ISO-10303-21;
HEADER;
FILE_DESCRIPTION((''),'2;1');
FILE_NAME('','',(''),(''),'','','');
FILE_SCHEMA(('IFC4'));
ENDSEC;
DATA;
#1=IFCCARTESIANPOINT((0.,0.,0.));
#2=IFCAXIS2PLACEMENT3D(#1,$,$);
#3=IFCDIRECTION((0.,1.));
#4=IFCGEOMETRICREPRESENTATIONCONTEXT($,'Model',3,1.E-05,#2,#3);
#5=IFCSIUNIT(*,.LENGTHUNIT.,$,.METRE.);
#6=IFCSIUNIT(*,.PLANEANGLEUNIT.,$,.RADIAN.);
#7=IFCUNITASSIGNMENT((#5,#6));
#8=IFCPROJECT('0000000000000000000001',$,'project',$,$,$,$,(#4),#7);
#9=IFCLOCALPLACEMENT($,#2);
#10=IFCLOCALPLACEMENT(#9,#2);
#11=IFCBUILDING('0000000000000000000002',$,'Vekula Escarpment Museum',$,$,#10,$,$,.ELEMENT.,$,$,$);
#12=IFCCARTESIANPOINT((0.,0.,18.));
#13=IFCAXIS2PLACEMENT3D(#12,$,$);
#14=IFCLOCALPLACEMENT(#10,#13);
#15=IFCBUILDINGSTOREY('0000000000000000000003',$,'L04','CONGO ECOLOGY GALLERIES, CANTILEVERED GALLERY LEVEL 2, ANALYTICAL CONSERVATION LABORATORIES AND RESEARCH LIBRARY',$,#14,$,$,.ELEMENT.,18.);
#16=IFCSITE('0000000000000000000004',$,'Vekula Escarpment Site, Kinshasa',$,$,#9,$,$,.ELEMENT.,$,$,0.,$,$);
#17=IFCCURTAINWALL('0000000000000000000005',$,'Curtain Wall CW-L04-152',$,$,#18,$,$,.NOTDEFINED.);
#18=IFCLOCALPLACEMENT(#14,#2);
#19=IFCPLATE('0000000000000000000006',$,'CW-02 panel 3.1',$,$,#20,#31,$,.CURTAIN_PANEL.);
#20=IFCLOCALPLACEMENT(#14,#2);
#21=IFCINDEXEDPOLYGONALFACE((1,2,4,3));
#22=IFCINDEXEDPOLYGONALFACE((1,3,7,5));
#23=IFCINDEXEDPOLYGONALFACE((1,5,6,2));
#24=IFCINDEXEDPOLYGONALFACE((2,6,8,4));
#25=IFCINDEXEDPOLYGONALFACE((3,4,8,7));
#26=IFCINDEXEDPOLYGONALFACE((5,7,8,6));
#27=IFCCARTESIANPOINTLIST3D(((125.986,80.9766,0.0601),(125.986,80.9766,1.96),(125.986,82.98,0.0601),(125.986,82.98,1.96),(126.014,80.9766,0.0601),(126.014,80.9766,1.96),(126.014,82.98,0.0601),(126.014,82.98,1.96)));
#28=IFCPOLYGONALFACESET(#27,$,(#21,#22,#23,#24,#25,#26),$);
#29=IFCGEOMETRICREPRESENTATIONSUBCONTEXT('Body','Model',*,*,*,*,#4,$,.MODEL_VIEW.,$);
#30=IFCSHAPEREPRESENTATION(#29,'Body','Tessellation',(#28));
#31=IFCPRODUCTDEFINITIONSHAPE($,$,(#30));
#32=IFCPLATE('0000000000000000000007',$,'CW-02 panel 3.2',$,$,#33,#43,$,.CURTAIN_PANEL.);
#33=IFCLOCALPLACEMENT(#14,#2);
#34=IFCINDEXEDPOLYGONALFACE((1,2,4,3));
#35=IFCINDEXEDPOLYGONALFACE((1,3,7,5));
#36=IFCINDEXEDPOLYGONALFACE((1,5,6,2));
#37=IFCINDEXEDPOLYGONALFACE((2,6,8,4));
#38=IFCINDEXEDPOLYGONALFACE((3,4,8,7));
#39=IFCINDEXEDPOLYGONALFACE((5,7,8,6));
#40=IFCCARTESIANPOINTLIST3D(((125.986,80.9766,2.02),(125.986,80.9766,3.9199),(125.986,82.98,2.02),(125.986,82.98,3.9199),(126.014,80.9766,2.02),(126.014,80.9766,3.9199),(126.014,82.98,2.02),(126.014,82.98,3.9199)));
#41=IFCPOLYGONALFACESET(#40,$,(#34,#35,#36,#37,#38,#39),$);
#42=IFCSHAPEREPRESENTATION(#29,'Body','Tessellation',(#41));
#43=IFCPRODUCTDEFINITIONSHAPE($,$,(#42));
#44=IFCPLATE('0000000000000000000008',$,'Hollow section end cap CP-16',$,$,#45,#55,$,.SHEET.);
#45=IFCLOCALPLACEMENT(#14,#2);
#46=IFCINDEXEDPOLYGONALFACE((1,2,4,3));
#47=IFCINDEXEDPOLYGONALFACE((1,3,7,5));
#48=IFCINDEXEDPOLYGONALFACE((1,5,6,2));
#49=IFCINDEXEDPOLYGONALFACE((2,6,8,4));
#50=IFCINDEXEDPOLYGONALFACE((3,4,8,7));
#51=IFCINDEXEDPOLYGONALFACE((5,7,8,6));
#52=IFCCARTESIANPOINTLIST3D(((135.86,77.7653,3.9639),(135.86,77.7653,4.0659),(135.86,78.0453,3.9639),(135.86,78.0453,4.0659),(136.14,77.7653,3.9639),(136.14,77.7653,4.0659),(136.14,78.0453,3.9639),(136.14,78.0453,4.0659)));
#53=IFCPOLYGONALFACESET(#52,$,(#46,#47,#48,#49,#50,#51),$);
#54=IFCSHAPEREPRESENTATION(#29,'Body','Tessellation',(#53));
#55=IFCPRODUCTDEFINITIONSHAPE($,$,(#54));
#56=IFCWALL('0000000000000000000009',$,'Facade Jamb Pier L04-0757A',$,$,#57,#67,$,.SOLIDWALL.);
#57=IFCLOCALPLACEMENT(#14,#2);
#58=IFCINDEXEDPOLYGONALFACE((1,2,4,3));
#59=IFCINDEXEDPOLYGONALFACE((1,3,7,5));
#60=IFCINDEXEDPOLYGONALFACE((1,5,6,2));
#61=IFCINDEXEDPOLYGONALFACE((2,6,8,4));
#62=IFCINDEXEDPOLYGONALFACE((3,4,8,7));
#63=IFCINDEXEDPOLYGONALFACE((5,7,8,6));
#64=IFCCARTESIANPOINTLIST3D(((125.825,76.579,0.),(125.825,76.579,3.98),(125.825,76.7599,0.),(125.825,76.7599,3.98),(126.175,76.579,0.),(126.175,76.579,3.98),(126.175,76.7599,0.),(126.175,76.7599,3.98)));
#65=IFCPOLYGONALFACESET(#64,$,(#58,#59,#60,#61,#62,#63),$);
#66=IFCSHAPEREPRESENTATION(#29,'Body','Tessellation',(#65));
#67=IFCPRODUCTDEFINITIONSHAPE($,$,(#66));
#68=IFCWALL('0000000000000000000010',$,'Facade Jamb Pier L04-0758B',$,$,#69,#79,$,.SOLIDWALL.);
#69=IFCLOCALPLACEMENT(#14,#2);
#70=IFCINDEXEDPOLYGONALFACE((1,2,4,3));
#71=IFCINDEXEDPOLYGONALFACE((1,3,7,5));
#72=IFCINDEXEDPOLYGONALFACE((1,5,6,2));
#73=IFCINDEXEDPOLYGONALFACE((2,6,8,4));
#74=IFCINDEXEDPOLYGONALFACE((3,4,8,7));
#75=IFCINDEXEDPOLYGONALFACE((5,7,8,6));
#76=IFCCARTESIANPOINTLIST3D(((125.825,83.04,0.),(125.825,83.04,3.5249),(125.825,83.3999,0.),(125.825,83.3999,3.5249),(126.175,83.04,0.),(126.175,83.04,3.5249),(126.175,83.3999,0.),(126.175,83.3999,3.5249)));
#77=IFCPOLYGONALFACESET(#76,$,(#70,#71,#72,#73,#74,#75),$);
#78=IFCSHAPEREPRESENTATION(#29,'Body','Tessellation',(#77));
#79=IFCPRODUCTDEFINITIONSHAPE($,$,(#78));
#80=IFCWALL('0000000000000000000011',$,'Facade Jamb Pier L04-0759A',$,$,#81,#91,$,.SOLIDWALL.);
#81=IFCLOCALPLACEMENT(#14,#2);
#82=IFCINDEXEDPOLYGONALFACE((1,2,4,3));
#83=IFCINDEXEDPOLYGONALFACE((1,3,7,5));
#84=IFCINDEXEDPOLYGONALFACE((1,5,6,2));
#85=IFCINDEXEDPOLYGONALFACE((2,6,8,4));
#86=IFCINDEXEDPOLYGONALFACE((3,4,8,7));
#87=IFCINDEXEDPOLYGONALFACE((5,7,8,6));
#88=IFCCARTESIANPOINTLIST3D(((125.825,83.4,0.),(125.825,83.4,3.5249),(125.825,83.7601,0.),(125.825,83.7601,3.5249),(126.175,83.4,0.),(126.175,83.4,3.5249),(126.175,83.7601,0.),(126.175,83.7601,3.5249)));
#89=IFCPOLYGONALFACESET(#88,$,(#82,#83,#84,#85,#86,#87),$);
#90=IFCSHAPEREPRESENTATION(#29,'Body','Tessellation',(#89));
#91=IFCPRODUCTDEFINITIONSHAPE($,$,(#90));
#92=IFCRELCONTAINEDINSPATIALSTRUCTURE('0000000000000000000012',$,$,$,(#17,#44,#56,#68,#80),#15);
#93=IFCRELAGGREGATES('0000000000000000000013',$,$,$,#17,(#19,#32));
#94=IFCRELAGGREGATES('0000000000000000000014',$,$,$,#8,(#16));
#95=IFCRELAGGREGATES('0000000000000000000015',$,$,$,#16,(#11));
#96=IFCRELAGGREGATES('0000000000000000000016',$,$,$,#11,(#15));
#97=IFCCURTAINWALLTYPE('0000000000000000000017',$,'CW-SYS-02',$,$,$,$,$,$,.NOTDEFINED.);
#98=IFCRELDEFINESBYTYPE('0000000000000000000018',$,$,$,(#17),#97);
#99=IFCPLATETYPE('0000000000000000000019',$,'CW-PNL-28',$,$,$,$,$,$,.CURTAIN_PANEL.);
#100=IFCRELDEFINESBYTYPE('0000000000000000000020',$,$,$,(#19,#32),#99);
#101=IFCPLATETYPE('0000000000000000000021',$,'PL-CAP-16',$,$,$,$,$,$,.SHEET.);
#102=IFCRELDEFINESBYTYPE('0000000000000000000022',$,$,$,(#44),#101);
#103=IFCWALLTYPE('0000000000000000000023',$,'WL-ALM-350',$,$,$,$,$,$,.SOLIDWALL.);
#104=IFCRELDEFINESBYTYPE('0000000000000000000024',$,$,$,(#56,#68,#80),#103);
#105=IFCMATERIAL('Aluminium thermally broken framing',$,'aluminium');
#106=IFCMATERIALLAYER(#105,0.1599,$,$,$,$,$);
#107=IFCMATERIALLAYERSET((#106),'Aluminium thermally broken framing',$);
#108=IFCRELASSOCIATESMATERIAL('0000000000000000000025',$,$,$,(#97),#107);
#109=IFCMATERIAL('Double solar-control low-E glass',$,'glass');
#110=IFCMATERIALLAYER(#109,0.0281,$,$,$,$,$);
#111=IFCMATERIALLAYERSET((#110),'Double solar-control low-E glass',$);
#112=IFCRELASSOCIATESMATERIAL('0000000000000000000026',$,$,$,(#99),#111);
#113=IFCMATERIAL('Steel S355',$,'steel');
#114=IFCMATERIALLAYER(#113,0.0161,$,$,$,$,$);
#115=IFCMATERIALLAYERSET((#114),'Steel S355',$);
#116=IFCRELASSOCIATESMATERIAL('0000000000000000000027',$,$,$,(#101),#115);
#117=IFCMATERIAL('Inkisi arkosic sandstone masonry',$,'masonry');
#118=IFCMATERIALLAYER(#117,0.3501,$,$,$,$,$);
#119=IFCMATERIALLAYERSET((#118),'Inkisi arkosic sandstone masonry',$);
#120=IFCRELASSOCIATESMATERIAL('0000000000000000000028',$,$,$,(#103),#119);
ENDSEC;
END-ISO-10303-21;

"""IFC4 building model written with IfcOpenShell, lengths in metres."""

from ifc_helpers import new_model, si_unit, direction, frame, frame_2d, origin, origin_2d, place, context, subcontext, project, spatial, rectangle, extrude, material, layer, layer_set, type_object, element, aggregate, save


model = new_model("IFC4")

# Units and contexts
model_context = context("Model", 3, precision=1e-05, world=origin(), true_north=direction((0.0, 1.0)))
body_context = subcontext(model_context, "Body", "Model", "MODEL_VIEW")
ifc_project = project(units=[si_unit("LENGTHUNIT", "METRE"), si_unit("PLANEANGLEUNIT", "RADIAN")], contexts=[model_context])

# Site, building, storey
site_placement = place(None, origin())
site = spatial("IfcSite", under=ifc_project, at=site_placement, Name="Vekula Escarpment Site, Kinshasa", CompositionType="ELEMENT", RefElevation=0.0)
building_placement = place(site_placement, origin())
building = spatial("IfcBuilding", under=site, at=building_placement, Name="Vekula Escarpment Museum", CompositionType="ELEMENT")
storey_placement = place(building_placement, frame((0.0, 0.0, 18.0)))
storey = spatial("IfcBuildingStorey", under=building, at=storey_placement, Name="L04", Description="CONGO ECOLOGY GALLERIES, CANTILEVERED GALLERY LEVEL 2, ANALYTICAL CONSERVATION LABORATORIES AND RESEARCH LIBRARY", CompositionType="ELEMENT", Elevation=18.0)

# Curtain wall
ifc_material_1 = material(Name="Aluminium thermally broken framing", Category="aluminium")
ifc_layer_1 = layer(ifc_material_1, 0.1599)
ifc_layer_set_1 = layer_set([ifc_layer_1], Name="Aluminium thermally broken framing")
curtain_wall_type = type_object("IfcCurtainWallType", Name="CW-SYS-02", PredefinedType="NOTDEFINED", material=ifc_layer_set_1)
curtain_wall_placement = place(storey_placement, origin())
curtain_wall = element("IfcCurtainWall", 1, at=curtain_wall_placement, inside=storey, type_object=curtain_wall_type, Name="Curtain Wall CW-L04-152", PredefinedType="NOTDEFINED")

# Plates
ifc_material_2 = material(Name="Double solar-control low-E glass", Category="glass")
ifc_layer_2 = layer(ifc_material_2, 0.0281)
ifc_layer_set_2 = layer_set([ifc_layer_2], Name="Double solar-control low-E glass")
plate_type_1 = type_object("IfcPlateType", Name="CW-PNL-28", PredefinedType="CURTAIN_PANEL", material=ifc_layer_set_2)
plate_1_placement = place(storey_placement, frame((126.0, 81.9783, 0.0601), z_axis=(0.0, 0.0, 1.0), x_axis=(0.0, 1.0, 0.0)))
plate_1 = element("IfcPlate", 2, at=plate_1_placement, type_object=plate_type_1, Name="CW-02 panel 3.1", PredefinedType="CURTAIN_PANEL", context=body_context, shape_type="SweptSolid", body=[
    extrude(rectangle(XDim=2.0034, YDim=0.0281, at=origin_2d()), origin(), (0.0, 0.0, 1.0), 1.8999),
])
plate_2_placement = place(storey_placement, frame((126.0, 81.9783, 2.02), z_axis=(0.0, 0.0, 1.0), x_axis=(0.0, 1.0, 0.0)))
plate_2 = element("IfcPlate", 3, at=plate_2_placement, type_object=plate_type_1, Name="CW-02 panel 3.2", PredefinedType="CURTAIN_PANEL", context=body_context, shape_type="SweptSolid", body=[
    extrude(rectangle(XDim=2.0034, YDim=0.0281, at=origin_2d()), origin(), (0.0, 0.0, 1.0), 1.8999),
])
aggregate(curtain_wall, [plate_1, plate_2])
ifc_material_3 = material(Name="Steel S355", Category="steel")
ifc_layer_3 = layer(ifc_material_3, 0.0161)
ifc_layer_set_3 = layer_set([ifc_layer_3], Name="Steel S355")
plate_type_2 = type_object("IfcPlateType", Name="PL-CAP-16", PredefinedType="SHEET", material=ifc_layer_set_3)
plate_3_placement = place(storey_placement, frame((136.0, 77.9053, 3.9639), z_axis=(0.0, 0.0, 1.0), x_axis=(1.0, 0.0, 0.0)))
element("IfcPlate", 4, at=plate_3_placement, inside=storey, type_object=plate_type_2, Name="Hollow section end cap CP-16", PredefinedType="SHEET", context=body_context, shape_type="SweptSolid", body=[
    extrude(rectangle(XDim=0.28, YDim=0.28, at=origin_2d()), origin(), (0.0, 0.0, 1.0), 0.1021),
])

# Walls
ifc_material_4 = material(Name="Inkisi arkosic sandstone masonry", Category="masonry")
ifc_layer_4 = layer(ifc_material_4, 0.3501)
ifc_layer_set_4 = layer_set([ifc_layer_4], Name="Inkisi arkosic sandstone masonry")
wall_type = type_object("IfcWallType", Name="WL-ALM-350", PredefinedType="SOLIDWALL", material=ifc_layer_set_4)
wall_1_placement = place(storey_placement, frame((126.0, 76.5791, 0.0), z_axis=(0.0, 0.0, 1.0), x_axis=(0.0, 1.0, 0.0)))
element("IfcWall", 5, at=wall_1_placement, inside=storey, type_object=wall_type, Name="Facade Jamb Pier L04-0757A", PredefinedType="SOLIDWALL", context=body_context, shape_type="SweptSolid", body=[
    extrude(rectangle(XDim=0.1809, YDim=0.3501, at=frame_2d((0.0903, 0.0))), origin(), (0.0, 0.0, 1.0), 3.98),
])
wall_2_placement = place(storey_placement, frame((126.0, 83.04, 0.0), z_axis=(0.0, 0.0, 1.0), x_axis=(0.0, 1.0, 0.0)))
element("IfcWall", 6, at=wall_2_placement, inside=storey, type_object=wall_type, Name="Facade Jamb Pier L04-0758B", PredefinedType="SOLIDWALL", context=body_context, shape_type="SweptSolid", body=[
    extrude(rectangle(XDim=0.3599, YDim=0.3501, at=frame_2d((0.1799, 0.0))), origin(), (0.0, 0.0, 1.0), 3.5249),
])
wall_3_placement = place(storey_placement, frame((126.0, 83.3999, 0.0), z_axis=(0.0, 0.0, 1.0), x_axis=(0.0, 1.0, 0.0)))
element("IfcWall", 7, at=wall_3_placement, inside=storey, type_object=wall_type, Name="Facade Jamb Pier L04-0759A", PredefinedType="SOLIDWALL", context=body_context, shape_type="SweptSolid", body=[
    extrude(rectangle(XDim=0.3601, YDim=0.3501, at=frame_2d((0.1802, 0.0))), origin(), (0.0, 0.0, 1.0), 3.5249),
])

save(model, "model.ifc")
